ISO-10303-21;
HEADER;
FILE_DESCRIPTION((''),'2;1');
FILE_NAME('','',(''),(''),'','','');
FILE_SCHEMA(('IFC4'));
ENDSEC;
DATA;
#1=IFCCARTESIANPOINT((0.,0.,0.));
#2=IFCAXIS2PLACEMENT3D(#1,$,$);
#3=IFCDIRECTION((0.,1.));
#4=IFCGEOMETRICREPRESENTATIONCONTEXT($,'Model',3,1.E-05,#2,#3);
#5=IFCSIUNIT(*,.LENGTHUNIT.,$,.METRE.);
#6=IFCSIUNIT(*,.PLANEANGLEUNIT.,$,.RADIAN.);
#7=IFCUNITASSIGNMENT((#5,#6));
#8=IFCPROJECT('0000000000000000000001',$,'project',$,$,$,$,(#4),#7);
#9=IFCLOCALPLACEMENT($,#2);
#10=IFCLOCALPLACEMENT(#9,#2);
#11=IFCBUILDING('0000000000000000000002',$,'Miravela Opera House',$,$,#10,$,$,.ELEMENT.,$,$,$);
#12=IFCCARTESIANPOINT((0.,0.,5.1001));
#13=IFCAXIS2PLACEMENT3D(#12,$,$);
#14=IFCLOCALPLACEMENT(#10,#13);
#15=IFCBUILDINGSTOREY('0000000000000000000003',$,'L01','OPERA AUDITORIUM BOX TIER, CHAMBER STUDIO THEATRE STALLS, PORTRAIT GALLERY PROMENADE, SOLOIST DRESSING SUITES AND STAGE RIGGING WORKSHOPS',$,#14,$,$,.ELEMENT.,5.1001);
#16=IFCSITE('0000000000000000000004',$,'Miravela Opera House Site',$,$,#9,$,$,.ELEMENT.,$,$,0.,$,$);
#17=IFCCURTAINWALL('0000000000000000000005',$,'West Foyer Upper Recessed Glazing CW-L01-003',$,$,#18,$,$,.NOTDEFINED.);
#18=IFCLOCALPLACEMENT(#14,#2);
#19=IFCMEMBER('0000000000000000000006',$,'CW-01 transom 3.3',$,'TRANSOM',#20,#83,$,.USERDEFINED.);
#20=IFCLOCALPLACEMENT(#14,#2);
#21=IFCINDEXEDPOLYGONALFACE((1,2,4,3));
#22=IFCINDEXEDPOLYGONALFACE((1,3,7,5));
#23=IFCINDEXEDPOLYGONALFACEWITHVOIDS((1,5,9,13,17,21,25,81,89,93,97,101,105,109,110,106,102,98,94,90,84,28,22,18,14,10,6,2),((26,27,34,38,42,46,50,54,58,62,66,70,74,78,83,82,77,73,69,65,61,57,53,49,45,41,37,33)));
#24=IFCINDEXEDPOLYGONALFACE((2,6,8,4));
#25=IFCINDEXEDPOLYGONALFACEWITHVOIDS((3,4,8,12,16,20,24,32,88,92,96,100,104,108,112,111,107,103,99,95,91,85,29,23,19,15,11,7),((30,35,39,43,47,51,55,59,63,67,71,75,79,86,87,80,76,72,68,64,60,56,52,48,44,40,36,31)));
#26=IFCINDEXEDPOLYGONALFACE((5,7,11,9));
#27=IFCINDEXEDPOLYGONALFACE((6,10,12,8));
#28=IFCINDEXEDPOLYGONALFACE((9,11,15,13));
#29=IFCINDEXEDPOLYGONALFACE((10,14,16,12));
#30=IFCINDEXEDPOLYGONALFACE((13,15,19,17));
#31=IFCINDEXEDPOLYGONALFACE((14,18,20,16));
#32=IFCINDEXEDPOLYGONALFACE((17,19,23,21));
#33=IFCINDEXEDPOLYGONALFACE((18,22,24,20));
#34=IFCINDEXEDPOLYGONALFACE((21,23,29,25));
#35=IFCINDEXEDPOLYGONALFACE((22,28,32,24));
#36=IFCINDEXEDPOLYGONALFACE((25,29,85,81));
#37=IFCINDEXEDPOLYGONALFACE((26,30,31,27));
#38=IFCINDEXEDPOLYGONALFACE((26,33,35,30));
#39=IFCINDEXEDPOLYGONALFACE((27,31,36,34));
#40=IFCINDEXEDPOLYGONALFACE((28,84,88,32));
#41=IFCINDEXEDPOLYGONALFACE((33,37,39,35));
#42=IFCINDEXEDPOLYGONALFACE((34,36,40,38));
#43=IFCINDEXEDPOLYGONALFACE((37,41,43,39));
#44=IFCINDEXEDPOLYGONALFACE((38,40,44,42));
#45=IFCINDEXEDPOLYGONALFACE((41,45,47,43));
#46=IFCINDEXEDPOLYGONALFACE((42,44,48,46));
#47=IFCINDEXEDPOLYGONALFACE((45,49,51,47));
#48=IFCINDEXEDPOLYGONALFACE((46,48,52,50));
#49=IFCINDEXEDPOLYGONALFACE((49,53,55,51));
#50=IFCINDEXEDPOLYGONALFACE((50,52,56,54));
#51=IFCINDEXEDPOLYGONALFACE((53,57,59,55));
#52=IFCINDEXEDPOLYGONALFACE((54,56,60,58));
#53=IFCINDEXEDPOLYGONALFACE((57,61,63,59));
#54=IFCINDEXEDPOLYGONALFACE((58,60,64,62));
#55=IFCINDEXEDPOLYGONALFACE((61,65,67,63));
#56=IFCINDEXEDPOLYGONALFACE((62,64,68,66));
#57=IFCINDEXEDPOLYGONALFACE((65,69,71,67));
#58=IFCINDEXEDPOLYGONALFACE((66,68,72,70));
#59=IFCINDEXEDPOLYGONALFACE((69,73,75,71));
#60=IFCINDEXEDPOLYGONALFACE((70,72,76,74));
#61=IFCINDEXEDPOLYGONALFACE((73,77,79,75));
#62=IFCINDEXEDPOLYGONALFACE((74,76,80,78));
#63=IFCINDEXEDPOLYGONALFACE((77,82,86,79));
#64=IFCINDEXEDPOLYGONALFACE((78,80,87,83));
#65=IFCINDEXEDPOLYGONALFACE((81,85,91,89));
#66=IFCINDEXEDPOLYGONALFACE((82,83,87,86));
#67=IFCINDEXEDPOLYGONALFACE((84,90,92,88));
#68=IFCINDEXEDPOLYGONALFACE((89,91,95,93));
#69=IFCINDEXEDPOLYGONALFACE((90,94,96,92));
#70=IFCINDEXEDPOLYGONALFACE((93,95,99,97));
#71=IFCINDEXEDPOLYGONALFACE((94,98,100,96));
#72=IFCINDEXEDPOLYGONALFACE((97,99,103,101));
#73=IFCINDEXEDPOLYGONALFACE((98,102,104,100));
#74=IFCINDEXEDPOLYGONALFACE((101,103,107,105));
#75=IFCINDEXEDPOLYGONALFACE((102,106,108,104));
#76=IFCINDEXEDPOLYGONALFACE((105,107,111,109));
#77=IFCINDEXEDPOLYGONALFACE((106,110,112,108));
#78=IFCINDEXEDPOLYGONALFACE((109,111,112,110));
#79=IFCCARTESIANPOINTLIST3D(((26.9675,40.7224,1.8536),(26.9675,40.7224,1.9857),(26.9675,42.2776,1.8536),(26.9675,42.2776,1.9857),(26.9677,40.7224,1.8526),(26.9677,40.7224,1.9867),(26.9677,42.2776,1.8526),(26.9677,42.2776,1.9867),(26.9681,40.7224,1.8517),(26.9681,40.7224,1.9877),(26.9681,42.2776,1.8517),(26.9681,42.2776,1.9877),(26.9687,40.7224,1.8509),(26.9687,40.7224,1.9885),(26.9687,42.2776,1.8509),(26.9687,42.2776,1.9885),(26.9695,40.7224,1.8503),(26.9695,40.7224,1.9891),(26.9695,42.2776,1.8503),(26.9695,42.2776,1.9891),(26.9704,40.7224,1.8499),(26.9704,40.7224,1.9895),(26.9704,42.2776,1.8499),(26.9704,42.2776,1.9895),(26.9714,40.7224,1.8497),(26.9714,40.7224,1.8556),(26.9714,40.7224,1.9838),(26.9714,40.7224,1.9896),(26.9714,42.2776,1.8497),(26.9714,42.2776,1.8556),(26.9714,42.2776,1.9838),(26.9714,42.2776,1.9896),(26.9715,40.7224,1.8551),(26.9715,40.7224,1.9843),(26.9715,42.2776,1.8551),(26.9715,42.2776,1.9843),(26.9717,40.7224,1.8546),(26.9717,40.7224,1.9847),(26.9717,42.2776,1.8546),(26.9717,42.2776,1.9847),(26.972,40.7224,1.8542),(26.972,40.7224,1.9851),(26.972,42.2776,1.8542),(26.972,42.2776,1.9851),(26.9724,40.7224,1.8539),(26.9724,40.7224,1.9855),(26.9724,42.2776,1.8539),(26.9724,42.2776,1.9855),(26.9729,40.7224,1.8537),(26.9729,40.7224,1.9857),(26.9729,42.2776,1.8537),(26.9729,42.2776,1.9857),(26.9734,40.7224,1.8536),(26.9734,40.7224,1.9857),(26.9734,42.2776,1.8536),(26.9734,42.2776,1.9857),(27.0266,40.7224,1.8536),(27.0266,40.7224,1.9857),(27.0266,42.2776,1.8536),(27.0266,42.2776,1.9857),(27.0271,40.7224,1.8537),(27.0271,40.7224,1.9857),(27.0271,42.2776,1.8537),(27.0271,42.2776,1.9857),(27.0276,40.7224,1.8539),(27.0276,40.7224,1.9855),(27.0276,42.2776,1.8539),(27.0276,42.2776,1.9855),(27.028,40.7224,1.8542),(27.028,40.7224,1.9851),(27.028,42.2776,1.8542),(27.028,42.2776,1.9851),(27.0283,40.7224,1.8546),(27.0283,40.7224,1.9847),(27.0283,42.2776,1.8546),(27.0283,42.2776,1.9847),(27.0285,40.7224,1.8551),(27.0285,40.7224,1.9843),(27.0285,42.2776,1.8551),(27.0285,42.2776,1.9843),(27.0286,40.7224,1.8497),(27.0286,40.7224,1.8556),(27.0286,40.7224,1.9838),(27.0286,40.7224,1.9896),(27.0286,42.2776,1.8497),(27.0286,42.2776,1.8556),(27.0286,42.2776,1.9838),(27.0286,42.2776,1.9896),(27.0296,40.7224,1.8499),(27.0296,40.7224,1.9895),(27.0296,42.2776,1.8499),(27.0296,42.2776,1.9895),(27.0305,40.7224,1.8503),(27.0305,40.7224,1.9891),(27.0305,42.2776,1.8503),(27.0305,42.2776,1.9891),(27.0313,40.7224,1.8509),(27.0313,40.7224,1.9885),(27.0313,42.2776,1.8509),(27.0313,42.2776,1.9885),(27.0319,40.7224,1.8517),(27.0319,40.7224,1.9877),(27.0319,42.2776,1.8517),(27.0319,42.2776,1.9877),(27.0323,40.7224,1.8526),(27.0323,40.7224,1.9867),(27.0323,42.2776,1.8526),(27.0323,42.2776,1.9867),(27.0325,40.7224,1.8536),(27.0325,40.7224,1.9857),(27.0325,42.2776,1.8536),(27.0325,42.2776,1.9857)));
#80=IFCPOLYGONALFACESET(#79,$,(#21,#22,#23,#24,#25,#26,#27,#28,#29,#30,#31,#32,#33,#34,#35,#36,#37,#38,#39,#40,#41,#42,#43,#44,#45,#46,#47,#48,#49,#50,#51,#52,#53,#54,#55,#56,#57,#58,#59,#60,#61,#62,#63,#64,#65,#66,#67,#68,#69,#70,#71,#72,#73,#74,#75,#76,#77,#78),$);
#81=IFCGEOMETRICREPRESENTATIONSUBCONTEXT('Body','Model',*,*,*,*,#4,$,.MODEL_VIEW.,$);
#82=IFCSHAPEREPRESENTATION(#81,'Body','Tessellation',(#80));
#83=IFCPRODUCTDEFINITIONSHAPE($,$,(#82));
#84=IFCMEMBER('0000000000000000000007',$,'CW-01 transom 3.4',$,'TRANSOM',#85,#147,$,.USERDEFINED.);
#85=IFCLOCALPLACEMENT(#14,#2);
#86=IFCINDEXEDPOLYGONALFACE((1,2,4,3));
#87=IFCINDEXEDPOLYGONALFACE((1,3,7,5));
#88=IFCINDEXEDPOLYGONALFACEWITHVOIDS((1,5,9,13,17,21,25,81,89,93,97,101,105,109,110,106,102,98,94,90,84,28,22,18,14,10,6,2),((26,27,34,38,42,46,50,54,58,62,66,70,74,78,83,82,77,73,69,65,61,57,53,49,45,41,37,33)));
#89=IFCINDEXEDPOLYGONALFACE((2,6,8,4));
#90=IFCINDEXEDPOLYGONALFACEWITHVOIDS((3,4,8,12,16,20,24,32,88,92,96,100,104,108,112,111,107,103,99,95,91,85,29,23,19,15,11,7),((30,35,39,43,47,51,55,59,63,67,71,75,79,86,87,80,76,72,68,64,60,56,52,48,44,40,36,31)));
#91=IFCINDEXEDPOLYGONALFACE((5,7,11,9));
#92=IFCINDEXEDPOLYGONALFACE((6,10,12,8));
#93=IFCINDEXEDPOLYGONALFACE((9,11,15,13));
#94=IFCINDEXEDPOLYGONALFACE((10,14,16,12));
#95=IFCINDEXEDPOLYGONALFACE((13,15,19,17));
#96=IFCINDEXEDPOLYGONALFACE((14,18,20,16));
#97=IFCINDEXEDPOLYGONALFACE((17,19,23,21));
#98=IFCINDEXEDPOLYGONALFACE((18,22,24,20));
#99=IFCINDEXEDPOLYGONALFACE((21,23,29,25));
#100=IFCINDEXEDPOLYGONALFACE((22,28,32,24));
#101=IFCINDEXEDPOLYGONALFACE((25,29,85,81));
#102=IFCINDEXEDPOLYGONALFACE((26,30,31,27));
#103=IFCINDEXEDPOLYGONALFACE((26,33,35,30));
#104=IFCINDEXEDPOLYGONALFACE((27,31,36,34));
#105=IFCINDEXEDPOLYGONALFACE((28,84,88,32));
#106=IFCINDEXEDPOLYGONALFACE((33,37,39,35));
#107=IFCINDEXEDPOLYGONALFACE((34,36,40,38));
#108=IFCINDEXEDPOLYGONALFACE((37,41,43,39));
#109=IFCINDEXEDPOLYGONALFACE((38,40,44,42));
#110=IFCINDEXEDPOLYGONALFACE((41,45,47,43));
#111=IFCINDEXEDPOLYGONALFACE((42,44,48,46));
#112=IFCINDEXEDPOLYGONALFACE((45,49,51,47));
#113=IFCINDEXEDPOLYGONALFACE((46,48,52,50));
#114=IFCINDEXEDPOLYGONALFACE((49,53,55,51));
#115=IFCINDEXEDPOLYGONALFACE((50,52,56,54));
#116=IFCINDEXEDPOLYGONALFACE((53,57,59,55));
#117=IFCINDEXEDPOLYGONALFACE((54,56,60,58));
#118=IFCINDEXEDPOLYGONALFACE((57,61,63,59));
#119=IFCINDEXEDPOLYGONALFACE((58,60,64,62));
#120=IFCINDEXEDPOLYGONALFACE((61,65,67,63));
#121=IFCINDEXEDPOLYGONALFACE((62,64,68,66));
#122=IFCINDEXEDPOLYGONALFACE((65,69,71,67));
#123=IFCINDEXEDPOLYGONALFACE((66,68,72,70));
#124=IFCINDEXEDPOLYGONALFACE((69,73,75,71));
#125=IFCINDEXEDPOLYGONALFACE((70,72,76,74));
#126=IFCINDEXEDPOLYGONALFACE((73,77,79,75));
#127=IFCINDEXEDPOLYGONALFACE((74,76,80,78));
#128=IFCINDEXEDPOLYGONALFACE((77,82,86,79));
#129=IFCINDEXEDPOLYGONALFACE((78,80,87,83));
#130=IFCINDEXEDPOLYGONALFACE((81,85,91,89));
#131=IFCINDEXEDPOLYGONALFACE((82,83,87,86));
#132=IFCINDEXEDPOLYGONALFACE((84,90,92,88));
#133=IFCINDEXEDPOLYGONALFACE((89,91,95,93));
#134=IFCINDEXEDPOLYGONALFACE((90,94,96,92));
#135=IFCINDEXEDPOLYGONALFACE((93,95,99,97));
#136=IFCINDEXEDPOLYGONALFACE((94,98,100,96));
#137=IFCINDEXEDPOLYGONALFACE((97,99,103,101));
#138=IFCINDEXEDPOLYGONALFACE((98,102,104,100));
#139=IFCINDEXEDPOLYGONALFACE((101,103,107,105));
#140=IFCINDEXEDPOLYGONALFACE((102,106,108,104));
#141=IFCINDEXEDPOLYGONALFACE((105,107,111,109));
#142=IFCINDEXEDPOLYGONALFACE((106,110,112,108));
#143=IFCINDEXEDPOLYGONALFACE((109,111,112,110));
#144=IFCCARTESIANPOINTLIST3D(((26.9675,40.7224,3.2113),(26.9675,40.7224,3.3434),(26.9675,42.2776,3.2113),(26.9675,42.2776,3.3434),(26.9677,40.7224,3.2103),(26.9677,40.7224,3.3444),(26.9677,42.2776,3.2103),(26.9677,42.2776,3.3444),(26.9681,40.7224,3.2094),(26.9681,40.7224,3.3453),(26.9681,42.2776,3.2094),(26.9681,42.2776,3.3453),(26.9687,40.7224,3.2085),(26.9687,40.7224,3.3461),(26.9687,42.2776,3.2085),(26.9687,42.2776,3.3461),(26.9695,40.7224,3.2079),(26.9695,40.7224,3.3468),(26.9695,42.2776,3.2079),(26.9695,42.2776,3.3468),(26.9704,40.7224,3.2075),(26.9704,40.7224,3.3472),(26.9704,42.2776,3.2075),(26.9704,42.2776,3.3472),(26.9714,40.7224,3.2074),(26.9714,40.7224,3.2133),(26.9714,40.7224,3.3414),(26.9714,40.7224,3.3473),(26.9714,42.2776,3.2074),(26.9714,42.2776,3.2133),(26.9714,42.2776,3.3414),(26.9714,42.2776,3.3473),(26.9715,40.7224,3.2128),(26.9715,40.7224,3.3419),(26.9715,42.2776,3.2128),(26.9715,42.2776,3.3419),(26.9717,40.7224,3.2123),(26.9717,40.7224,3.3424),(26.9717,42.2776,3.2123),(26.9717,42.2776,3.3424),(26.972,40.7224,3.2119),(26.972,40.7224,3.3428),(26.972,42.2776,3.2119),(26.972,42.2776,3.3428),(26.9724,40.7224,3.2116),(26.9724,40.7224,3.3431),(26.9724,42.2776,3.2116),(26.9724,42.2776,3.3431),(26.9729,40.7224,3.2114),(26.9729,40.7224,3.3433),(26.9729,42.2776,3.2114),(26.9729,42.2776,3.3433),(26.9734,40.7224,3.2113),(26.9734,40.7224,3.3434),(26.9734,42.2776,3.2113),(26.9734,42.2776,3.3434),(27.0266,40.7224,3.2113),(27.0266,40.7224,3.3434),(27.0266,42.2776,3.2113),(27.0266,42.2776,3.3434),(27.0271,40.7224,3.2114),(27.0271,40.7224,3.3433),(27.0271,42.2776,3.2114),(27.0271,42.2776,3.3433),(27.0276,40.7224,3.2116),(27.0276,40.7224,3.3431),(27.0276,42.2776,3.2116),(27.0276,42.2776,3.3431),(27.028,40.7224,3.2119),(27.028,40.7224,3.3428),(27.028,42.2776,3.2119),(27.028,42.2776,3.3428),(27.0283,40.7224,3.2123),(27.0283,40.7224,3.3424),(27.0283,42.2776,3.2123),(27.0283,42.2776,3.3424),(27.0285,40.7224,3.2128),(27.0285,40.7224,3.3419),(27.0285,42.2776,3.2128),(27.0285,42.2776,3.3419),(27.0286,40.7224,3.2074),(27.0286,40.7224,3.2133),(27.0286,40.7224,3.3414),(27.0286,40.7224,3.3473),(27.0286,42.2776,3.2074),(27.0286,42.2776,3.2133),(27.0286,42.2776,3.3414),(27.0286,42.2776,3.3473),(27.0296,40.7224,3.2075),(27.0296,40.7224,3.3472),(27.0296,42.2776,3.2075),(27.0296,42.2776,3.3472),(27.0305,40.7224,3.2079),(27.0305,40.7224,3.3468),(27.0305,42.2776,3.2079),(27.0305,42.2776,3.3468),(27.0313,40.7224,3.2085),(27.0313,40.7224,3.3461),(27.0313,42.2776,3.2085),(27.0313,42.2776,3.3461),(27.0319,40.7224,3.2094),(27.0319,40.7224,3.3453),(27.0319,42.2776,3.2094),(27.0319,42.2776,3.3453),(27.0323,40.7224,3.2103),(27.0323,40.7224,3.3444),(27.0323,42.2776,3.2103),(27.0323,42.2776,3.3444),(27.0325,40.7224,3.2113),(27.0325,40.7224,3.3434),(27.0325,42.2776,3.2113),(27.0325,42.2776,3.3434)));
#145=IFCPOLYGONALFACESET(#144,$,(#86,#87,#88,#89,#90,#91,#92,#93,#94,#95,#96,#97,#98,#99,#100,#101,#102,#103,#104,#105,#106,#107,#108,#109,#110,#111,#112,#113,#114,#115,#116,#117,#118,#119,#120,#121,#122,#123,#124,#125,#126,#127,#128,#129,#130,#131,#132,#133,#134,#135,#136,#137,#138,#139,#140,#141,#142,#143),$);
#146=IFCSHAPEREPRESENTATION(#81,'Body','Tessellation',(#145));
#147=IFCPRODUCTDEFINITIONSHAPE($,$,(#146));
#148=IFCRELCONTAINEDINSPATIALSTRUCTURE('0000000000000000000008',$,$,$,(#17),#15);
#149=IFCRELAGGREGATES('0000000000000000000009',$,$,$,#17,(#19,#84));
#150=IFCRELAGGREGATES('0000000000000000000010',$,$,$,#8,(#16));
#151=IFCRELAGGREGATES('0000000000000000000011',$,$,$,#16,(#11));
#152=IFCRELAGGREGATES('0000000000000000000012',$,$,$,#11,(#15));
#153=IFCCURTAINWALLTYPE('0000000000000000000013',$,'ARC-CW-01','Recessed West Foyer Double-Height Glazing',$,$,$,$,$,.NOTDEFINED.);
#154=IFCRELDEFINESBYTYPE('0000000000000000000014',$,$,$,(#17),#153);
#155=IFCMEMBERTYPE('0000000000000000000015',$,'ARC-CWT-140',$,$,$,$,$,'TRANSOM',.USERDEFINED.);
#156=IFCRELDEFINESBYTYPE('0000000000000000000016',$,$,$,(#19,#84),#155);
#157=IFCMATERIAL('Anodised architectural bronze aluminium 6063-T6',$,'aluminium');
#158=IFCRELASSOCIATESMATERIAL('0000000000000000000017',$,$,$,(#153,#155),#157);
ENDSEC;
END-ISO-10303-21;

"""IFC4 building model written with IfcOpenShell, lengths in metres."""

from ifc_helpers import new_model, si_unit, direction, frame, origin, origin_2d, place, context, subcontext, project, spatial, hollow_rectangle, extrude, material, material_profile, profile_set, type_object, element, aggregate, save


model = new_model("IFC4")

# Units and contexts
model_context = context("Model", 3, precision=1e-05, world=origin(), true_north=direction((0.0, 1.0)))
body_context = subcontext(model_context, "Body", "Model", "MODEL_VIEW")
ifc_project = project(units=[si_unit("LENGTHUNIT", "METRE"), si_unit("PLANEANGLEUNIT", "RADIAN")], contexts=[model_context])

# Site, building, storey
site_placement = place(None, origin())
site = spatial("IfcSite", under=ifc_project, at=site_placement, Name="Miravela Opera House Site", CompositionType="ELEMENT", RefElevation=0.0)
building_placement = place(site_placement, origin())
building = spatial("IfcBuilding", under=site, at=building_placement, Name="Miravela Opera House", CompositionType="ELEMENT")
storey_placement = place(building_placement, frame((0.0, 0.0, 5.1001)))
storey = spatial("IfcBuildingStorey", under=building, at=storey_placement, Name="L01", Description="OPERA AUDITORIUM BOX TIER, CHAMBER STUDIO THEATRE STALLS, PORTRAIT GALLERY PROMENADE, SOLOIST DRESSING SUITES AND STAGE RIGGING WORKSHOPS", CompositionType="ELEMENT", Elevation=5.1001)

# Shared definitions
ifc_material_1 = material(Name="Anodised architectural bronze aluminium 6063-T6", Category="aluminium")

# Curtain wall
curtain_wall_type_1 = type_object("IfcCurtainWallType", Name="ARC-CW-01", Description="Recessed West Foyer Double-Height Glazing", PredefinedType="NOTDEFINED", material=ifc_material_1)
curtain_wall_1_placement = place(storey_placement, origin())
curtain_wall_1 = element("IfcCurtainWall", 1, at=curtain_wall_1_placement, inside=storey, type_object=curtain_wall_type_1, Name="West Foyer Upper Recessed Glazing CW-L01-003", PredefinedType="NOTDEFINED")

# Members
ifc_material_profile_1 = material_profile(ifc_material_1, hollow_rectangle(XDim=0.0649, YDim=0.1399, WallThickness=0.0039, InnerFilletRadius=0.002, OuterFilletRadius=0.0039, at=origin_2d()), Name="CWT-65X140")
ifc_profile_set_1 = profile_set([ifc_material_profile_1])
member_type_1 = type_object("IfcMemberType", Name="ARC-CWT-140", ElementType="TRANSOM", PredefinedType="USERDEFINED", material=ifc_profile_set_1)
member_1_placement = place(storey_placement, frame((27.0, 40.7224, 1.9197), z_axis=(0.0, 1.0, 0.0), x_axis=(-1.0, 0.0, 0.0)))
member_1 = element("IfcMember", 2, at=member_1_placement, type_object=member_type_1, Name="CW-01 transom 3.3", ObjectType="TRANSOM", PredefinedType="USERDEFINED", context=body_context, shape_type="SweptSolid", body=[
    extrude(hollow_rectangle(XDim=0.0649, YDim=0.1399, WallThickness=0.0039, InnerFilletRadius=0.002, OuterFilletRadius=0.0039, at=origin_2d()), origin(), (0.0, 0.0, 1.0), 1.5552),
])
member_2_placement = place(storey_placement, frame((27.0, 40.7224, 3.2773), z_axis=(0.0, 1.0, 0.0), x_axis=(-1.0, 0.0, 0.0)))
member_2 = element("IfcMember", 3, at=member_2_placement, type_object=member_type_1, Name="CW-01 transom 3.4", ObjectType="TRANSOM", PredefinedType="USERDEFINED", context=body_context, shape_type="SweptSolid", body=[
    extrude(hollow_rectangle(XDim=0.0649, YDim=0.1399, WallThickness=0.0039, InnerFilletRadius=0.002, OuterFilletRadius=0.0039, at=origin_2d()), origin(), (0.0, 0.0, 1.0), 1.5552),
])

aggregate(curtain_wall_1, [member_1, member_2])

save(model, "model.ifc")
